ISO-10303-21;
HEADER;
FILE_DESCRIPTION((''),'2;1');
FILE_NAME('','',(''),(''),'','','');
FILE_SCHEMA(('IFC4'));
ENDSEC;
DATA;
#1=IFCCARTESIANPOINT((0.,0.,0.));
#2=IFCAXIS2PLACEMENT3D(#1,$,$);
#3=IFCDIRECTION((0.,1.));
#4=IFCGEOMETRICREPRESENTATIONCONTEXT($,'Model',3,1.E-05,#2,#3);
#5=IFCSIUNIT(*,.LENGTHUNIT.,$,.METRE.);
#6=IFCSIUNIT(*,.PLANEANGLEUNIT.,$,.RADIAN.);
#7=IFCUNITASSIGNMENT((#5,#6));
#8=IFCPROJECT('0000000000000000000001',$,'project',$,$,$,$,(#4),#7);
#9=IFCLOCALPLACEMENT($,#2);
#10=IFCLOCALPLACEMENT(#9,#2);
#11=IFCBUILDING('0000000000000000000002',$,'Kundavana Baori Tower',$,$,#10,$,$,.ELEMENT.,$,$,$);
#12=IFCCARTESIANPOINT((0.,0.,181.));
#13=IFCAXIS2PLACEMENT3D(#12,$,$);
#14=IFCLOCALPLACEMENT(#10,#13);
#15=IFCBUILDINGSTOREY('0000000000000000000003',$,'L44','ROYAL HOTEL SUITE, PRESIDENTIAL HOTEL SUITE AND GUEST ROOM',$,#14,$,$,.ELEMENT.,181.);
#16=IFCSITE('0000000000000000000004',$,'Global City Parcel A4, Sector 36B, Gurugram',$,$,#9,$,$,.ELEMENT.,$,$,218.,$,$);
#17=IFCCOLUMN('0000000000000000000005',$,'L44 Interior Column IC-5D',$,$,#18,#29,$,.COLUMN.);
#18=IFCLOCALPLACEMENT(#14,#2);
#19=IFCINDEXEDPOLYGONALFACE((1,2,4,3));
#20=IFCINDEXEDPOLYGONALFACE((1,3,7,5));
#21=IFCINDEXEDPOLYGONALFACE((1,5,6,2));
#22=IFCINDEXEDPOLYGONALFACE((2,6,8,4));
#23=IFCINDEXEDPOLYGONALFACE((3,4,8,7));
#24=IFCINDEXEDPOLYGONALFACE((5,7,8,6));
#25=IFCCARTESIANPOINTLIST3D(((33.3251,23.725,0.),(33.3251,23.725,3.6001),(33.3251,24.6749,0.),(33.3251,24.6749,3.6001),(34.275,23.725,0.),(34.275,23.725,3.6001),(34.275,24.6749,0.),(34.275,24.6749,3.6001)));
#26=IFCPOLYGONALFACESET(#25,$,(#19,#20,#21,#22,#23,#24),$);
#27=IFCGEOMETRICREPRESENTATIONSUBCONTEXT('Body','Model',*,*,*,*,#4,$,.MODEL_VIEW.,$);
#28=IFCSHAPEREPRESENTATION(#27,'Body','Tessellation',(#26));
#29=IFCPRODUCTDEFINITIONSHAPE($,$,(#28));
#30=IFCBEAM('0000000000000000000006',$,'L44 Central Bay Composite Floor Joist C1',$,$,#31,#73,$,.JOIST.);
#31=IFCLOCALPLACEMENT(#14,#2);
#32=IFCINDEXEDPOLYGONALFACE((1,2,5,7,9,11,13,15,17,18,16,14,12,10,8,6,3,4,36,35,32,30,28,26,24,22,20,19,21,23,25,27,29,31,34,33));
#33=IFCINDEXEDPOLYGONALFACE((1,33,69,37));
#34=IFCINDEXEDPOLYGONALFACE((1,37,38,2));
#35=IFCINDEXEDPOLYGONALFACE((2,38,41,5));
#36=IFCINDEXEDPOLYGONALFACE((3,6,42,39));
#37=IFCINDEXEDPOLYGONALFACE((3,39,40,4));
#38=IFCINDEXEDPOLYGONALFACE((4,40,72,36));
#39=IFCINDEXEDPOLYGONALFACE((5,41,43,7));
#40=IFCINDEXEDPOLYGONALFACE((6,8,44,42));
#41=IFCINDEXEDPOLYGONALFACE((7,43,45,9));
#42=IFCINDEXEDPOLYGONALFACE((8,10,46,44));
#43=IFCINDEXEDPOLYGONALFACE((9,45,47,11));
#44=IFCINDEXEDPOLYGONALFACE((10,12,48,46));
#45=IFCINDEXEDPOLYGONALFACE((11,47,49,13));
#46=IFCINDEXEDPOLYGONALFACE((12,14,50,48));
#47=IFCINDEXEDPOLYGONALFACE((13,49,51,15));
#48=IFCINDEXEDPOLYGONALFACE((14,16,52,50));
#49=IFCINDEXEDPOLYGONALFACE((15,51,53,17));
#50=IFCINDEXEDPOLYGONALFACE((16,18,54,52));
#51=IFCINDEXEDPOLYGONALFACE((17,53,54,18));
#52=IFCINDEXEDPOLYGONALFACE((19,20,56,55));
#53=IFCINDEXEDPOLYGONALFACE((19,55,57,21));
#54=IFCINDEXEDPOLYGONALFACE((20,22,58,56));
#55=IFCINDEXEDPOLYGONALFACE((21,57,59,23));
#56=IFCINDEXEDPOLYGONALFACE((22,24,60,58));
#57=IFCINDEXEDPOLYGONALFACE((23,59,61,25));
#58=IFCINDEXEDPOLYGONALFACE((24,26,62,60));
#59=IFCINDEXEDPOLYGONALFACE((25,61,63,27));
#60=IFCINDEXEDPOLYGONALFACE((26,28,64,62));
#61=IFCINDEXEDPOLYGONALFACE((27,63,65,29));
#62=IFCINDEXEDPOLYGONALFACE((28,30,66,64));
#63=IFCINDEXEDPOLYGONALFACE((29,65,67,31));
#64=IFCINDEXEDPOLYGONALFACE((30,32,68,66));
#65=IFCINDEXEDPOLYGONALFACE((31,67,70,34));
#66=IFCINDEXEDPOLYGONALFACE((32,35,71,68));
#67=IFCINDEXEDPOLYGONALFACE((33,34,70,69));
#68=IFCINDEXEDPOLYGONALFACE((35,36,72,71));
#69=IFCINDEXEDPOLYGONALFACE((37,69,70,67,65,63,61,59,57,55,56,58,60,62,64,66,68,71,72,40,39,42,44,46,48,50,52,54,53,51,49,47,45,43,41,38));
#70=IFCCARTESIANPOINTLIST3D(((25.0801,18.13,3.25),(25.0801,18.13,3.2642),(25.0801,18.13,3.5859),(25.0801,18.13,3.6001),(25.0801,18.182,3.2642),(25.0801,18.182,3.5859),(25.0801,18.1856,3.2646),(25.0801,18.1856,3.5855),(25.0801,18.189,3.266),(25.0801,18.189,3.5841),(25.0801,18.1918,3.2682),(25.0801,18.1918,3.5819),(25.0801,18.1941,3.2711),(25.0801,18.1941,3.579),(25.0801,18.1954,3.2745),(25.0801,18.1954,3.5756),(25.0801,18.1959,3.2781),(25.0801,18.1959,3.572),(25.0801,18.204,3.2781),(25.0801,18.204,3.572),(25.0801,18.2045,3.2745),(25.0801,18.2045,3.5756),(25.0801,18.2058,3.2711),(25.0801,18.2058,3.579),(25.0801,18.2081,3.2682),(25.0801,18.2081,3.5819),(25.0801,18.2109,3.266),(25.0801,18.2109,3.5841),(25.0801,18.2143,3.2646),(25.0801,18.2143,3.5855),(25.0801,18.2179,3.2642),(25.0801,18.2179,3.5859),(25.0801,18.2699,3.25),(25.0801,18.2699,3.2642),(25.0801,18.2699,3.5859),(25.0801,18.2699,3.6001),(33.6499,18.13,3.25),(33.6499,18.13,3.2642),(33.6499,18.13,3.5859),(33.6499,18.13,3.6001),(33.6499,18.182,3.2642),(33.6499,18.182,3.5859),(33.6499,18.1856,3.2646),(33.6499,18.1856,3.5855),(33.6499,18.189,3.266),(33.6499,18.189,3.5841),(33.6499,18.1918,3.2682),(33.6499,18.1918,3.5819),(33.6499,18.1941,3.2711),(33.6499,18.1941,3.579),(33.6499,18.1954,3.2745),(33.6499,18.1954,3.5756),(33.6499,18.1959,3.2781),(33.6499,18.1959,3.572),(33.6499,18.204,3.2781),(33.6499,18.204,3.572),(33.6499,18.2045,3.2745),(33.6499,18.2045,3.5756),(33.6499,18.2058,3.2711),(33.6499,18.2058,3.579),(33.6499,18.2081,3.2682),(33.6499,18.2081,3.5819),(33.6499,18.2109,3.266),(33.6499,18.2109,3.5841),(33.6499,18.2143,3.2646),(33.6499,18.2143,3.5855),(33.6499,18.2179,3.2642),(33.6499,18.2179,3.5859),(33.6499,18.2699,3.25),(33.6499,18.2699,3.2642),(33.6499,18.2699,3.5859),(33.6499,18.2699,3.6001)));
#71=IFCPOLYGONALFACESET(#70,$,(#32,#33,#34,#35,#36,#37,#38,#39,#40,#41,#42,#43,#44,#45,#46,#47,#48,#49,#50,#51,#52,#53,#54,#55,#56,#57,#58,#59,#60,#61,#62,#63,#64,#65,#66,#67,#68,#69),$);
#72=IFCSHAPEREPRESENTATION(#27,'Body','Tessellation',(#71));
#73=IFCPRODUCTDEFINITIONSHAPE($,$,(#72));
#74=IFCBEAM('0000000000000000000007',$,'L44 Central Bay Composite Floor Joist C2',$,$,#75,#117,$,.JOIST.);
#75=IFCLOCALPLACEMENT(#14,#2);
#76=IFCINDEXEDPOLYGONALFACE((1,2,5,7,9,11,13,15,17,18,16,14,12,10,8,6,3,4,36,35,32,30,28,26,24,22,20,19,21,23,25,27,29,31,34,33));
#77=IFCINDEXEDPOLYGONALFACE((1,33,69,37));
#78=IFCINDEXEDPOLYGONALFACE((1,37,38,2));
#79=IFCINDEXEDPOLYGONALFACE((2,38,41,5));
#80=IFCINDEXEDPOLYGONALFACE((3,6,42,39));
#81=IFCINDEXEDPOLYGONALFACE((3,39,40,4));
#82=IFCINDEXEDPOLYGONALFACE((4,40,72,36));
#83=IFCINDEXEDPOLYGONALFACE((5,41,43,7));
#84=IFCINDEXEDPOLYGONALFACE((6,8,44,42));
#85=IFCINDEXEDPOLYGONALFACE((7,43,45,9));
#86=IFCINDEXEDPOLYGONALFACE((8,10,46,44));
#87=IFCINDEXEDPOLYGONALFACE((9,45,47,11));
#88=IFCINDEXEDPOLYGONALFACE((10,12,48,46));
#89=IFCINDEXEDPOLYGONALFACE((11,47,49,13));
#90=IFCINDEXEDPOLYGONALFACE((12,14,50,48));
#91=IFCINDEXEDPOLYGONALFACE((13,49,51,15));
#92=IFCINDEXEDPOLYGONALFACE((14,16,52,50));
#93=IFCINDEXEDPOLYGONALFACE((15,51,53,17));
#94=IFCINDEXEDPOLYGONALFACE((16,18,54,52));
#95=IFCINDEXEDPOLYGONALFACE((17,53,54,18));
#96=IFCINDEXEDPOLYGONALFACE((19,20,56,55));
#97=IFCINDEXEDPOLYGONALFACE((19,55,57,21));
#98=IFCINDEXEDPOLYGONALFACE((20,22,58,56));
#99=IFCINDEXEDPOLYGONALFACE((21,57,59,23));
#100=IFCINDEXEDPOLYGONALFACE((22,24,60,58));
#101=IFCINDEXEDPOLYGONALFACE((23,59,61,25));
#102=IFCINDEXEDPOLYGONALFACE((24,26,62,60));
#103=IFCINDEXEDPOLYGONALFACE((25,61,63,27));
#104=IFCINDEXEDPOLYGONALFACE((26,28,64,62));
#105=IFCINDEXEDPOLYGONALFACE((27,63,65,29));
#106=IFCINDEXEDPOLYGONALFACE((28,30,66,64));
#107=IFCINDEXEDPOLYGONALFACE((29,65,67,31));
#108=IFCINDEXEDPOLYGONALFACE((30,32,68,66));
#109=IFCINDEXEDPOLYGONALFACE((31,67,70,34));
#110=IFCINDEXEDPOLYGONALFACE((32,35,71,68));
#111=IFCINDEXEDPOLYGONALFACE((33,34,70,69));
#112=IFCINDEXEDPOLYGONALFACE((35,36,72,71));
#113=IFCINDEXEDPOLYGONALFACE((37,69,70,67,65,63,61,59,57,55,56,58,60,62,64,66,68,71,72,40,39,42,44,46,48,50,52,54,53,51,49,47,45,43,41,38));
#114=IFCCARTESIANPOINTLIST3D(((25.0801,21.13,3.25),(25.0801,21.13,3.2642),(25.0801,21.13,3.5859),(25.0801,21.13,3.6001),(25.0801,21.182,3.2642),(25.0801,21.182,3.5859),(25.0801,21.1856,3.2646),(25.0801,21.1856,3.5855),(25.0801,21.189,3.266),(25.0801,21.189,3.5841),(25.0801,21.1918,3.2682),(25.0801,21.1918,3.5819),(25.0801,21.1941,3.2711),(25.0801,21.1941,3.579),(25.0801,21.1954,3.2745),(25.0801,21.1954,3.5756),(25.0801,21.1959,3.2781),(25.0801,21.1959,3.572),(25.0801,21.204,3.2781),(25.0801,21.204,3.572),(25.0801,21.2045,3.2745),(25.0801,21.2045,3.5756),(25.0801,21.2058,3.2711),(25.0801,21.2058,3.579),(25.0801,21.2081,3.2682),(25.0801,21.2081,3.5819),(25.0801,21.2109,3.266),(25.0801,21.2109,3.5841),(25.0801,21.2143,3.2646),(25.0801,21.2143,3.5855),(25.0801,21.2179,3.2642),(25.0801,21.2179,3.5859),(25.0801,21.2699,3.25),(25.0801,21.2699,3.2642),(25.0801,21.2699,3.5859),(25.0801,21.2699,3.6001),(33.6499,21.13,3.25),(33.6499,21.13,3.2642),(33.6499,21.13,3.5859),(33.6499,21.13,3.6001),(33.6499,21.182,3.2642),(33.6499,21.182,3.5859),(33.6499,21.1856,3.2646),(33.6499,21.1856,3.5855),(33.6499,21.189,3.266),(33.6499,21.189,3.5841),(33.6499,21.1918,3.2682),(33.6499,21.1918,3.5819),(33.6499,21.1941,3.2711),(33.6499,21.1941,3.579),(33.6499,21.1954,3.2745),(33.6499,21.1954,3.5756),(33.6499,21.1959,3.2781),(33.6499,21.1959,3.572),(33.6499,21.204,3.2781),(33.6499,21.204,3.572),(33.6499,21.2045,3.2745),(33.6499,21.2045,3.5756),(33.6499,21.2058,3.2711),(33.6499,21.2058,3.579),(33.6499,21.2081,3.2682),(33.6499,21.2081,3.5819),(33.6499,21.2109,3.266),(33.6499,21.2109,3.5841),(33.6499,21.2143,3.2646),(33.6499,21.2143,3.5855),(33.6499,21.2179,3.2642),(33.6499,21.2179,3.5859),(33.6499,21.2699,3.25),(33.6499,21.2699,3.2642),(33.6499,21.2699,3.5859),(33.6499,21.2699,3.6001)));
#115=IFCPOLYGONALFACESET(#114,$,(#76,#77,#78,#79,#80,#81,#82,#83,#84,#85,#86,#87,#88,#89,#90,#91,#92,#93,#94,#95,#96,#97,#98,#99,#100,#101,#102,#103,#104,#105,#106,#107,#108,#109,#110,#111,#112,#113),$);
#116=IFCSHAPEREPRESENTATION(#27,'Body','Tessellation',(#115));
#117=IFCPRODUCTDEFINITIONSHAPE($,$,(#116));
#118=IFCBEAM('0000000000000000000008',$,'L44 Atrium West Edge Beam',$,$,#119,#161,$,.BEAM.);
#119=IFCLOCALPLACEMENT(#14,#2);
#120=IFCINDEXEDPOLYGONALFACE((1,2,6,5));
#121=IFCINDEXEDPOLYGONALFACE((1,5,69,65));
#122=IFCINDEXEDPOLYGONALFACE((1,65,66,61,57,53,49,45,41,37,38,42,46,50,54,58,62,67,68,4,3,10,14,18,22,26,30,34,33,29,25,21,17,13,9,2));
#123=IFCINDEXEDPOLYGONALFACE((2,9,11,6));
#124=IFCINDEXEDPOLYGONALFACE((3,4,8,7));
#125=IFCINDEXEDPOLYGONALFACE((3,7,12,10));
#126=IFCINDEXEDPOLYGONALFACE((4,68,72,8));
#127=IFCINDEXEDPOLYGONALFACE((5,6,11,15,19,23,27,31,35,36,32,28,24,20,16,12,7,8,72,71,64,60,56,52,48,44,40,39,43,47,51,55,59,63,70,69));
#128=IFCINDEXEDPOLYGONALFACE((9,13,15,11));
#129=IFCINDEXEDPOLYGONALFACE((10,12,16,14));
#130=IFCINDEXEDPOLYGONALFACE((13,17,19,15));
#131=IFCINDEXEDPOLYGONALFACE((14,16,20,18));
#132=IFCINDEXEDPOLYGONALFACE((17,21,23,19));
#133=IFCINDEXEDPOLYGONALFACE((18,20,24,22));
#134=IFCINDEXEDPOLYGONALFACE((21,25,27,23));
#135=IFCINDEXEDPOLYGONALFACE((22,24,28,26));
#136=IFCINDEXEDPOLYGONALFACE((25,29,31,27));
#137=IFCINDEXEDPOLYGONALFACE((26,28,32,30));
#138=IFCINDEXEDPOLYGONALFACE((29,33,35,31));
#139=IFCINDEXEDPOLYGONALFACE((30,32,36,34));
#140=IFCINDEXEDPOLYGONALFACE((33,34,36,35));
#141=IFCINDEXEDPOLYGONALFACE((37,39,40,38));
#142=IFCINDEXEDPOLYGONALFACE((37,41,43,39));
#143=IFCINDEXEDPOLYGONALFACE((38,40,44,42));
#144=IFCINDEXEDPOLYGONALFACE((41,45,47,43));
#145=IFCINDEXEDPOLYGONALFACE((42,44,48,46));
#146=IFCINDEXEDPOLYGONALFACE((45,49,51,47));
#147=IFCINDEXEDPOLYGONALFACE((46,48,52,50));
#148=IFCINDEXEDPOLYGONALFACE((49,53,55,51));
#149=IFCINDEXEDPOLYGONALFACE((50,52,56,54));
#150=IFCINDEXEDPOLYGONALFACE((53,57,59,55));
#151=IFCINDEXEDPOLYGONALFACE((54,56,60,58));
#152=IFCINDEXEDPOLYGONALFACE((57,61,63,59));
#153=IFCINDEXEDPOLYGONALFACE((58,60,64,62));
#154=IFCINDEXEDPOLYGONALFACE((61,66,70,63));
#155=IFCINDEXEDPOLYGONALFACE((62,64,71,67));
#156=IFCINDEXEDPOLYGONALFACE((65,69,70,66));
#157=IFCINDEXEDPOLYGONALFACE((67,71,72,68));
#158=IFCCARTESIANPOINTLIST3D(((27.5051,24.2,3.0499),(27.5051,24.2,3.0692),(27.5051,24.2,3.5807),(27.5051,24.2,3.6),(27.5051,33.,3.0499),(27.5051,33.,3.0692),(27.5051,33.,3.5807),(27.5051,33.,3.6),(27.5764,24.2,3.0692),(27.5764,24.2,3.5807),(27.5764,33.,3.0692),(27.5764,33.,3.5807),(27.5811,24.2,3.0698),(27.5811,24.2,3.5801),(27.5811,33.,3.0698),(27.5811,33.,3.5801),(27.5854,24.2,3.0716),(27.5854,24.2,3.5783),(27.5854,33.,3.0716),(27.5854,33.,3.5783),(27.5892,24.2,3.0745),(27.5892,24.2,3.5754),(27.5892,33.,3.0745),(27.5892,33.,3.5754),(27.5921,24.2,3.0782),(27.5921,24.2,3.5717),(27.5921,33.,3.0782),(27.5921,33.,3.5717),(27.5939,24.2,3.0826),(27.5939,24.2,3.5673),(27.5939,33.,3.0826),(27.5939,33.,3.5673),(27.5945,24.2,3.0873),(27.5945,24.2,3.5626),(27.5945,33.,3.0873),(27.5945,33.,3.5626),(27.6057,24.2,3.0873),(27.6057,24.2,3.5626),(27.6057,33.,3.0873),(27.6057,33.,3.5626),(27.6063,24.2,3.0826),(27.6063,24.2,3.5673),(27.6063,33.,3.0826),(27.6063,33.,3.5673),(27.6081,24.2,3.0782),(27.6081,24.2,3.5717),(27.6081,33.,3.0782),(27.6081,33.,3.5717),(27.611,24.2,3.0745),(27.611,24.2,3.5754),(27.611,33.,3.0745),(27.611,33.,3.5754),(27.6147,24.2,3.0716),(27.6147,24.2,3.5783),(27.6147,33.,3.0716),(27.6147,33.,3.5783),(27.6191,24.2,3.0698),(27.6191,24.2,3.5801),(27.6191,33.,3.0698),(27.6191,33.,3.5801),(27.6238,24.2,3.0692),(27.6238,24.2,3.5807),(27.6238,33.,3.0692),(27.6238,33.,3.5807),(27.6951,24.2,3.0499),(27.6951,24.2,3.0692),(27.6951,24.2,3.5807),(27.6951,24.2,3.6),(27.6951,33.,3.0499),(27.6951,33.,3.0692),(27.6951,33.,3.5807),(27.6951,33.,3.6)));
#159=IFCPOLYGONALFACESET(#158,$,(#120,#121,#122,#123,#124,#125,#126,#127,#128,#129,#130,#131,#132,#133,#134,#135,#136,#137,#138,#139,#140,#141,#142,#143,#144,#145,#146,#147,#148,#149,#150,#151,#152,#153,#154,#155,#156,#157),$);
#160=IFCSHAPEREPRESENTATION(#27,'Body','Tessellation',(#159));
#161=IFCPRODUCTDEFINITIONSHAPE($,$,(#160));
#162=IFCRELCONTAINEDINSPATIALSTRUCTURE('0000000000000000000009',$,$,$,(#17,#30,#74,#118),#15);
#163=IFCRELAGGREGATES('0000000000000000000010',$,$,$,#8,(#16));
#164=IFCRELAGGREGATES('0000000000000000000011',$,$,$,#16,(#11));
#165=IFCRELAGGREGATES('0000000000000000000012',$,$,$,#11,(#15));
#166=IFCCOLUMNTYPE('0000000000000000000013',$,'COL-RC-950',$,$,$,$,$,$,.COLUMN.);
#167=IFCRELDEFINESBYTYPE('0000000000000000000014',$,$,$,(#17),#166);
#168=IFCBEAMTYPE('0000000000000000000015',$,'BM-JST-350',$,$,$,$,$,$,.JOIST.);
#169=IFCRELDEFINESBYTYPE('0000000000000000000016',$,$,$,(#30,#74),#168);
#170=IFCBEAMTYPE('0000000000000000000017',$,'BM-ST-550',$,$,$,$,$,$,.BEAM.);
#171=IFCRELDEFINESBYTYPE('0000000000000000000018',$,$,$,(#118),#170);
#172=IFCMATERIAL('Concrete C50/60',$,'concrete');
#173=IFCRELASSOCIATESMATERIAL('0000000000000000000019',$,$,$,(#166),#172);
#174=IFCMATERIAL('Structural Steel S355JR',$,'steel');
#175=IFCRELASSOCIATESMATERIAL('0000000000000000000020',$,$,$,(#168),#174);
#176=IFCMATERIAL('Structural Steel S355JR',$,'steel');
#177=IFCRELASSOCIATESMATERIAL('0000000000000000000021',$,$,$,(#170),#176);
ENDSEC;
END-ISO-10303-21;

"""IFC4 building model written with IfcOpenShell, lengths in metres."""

from ifc_helpers import new_model, si_unit, direction, frame, origin, origin_2d, place, context, subcontext, project, spatial, rectangle, i_section, extrude, material, material_profile, profile_set, type_object, element, save


model = new_model("IFC4")

# Units and contexts
model_context = context("Model", 3, precision=1e-05, world=origin(), true_north=direction((0.0, 1.0)))
body_context = subcontext(model_context, "Body", "Model", "MODEL_VIEW")
ifc_project = project(units=[si_unit("LENGTHUNIT", "METRE"), si_unit("PLANEANGLEUNIT", "RADIAN")], contexts=[model_context])

# Site, building, storey
site_placement = place(None, origin())
site = spatial("IfcSite", under=ifc_project, at=site_placement, Name="Global City Parcel A4, Sector 36B, Gurugram", CompositionType="ELEMENT", RefElevation=218.0)
building_placement = place(site_placement, origin())
building = spatial("IfcBuilding", under=site, at=building_placement, Name="Kundavana Baori Tower", CompositionType="ELEMENT")
storey_placement = place(building_placement, frame((0.0, 0.0, 181.0)))
storey = spatial("IfcBuildingStorey", under=building, at=storey_placement, Name="L44", Description="ROYAL HOTEL SUITE, PRESIDENTIAL HOTEL SUITE AND GUEST ROOM", CompositionType="ELEMENT", Elevation=181.0)

# Column
ifc_material_1 = material(Name="Concrete C50/60", Category="concrete")
ifc_material_profile_1 = material_profile(ifc_material_1, rectangle(XDim=0.95, YDim=0.95, at=origin_2d()), Name="RC 950x950")
ifc_profile_set_1 = profile_set([ifc_material_profile_1], Name="Concrete C50/60")
column_type = type_object("IfcColumnType", Name="COL-RC-950", PredefinedType="COLUMN", material=ifc_profile_set_1)
column_placement = place(storey_placement, frame((33.8, 24.2, 0.0), z_axis=(0.0, 0.0, 1.0), x_axis=(1.0, 0.0, 0.0)))
element("IfcColumn", 1, at=column_placement, inside=storey, type_object=column_type, Name="L44 Interior Column IC-5D", PredefinedType="COLUMN", context=body_context, shape_type="SweptSolid", body=[
    extrude(rectangle(XDim=0.95, YDim=0.95, at=origin_2d()), origin(), (0.0, 0.0, 1.0), 3.6001),
])

# Beams
ifc_material_2 = material(Name="Structural Steel S355JR", Category="steel")
ifc_material_profile_2 = material_profile(ifc_material_2, i_section(OverallWidth=0.1399, OverallDepth=0.3501, WebThickness=0.0081, FlangeThickness=0.0142, FilletRadius=0.0139, at=origin_2d()), Name="ISMB 350")
ifc_profile_set_2 = profile_set([ifc_material_profile_2], Name="Structural Steel S355JR")
beam_type_1 = type_object("IfcBeamType", Name="BM-JST-350", PredefinedType="JOIST", material=ifc_profile_set_2)
for number, where, z_axis, x_axis, name in (
    (2, (25.0801, 18.2, 3.425), (1.0, 0.0, 0.0), (0.0, 1.0, 0.0), "L44 Central Bay Composite Floor Joist C1"),
    (3, (25.0801, 21.2, 3.425), (1.0, 0.0, 0.0), (0.0, 1.0, 0.0), "L44 Central Bay Composite Floor Joist C2"),
):
    element("IfcBeam", number, at=place(storey_placement, frame(where, z_axis=z_axis, x_axis=x_axis)), inside=storey, type_object=beam_type_1, Name=name, PredefinedType="JOIST", context=body_context, shape_type="SweptSolid", body=[
        extrude(i_section(OverallWidth=0.1399, OverallDepth=0.3501, WebThickness=0.0081, FlangeThickness=0.0142, FilletRadius=0.0139, at=origin_2d()), origin(), (0.0, 0.0, 1.0), 8.5698),
    ])
ifc_material_3 = material(Name="Structural Steel S355JR", Category="steel")
ifc_material_profile_3 = material_profile(ifc_material_3, i_section(OverallWidth=0.1899, OverallDepth=0.55, WebThickness=0.0112, FlangeThickness=0.0193, FilletRadius=0.0181, at=origin_2d()), Name="ISMB 550")
ifc_profile_set_3 = profile_set([ifc_material_profile_3], Name="Structural Steel S355JR")
beam_type_2 = type_object("IfcBeamType", Name="BM-ST-550", PredefinedType="BEAM", material=ifc_profile_set_3)
for number, where, z_axis, x_axis, name in (
    (4, (27.6001, 24.2, 3.325), (0.0, 1.0, 0.0), (-1.0, 0.0, 0.0), "L44 Atrium West Edge Beam"),
):
    element("IfcBeam", number, at=place(storey_placement, frame(where, z_axis=z_axis, x_axis=x_axis)), inside=storey, type_object=beam_type_2, Name=name, PredefinedType="BEAM", context=body_context, shape_type="SweptSolid", body=[
        extrude(i_section(OverallWidth=0.1899, OverallDepth=0.55, WebThickness=0.0112, FlangeThickness=0.0193, FilletRadius=0.0181, at=origin_2d()), origin(), (0.0, 0.0, 1.0), 8.8),
    ])

save(model, "model.ifc")
